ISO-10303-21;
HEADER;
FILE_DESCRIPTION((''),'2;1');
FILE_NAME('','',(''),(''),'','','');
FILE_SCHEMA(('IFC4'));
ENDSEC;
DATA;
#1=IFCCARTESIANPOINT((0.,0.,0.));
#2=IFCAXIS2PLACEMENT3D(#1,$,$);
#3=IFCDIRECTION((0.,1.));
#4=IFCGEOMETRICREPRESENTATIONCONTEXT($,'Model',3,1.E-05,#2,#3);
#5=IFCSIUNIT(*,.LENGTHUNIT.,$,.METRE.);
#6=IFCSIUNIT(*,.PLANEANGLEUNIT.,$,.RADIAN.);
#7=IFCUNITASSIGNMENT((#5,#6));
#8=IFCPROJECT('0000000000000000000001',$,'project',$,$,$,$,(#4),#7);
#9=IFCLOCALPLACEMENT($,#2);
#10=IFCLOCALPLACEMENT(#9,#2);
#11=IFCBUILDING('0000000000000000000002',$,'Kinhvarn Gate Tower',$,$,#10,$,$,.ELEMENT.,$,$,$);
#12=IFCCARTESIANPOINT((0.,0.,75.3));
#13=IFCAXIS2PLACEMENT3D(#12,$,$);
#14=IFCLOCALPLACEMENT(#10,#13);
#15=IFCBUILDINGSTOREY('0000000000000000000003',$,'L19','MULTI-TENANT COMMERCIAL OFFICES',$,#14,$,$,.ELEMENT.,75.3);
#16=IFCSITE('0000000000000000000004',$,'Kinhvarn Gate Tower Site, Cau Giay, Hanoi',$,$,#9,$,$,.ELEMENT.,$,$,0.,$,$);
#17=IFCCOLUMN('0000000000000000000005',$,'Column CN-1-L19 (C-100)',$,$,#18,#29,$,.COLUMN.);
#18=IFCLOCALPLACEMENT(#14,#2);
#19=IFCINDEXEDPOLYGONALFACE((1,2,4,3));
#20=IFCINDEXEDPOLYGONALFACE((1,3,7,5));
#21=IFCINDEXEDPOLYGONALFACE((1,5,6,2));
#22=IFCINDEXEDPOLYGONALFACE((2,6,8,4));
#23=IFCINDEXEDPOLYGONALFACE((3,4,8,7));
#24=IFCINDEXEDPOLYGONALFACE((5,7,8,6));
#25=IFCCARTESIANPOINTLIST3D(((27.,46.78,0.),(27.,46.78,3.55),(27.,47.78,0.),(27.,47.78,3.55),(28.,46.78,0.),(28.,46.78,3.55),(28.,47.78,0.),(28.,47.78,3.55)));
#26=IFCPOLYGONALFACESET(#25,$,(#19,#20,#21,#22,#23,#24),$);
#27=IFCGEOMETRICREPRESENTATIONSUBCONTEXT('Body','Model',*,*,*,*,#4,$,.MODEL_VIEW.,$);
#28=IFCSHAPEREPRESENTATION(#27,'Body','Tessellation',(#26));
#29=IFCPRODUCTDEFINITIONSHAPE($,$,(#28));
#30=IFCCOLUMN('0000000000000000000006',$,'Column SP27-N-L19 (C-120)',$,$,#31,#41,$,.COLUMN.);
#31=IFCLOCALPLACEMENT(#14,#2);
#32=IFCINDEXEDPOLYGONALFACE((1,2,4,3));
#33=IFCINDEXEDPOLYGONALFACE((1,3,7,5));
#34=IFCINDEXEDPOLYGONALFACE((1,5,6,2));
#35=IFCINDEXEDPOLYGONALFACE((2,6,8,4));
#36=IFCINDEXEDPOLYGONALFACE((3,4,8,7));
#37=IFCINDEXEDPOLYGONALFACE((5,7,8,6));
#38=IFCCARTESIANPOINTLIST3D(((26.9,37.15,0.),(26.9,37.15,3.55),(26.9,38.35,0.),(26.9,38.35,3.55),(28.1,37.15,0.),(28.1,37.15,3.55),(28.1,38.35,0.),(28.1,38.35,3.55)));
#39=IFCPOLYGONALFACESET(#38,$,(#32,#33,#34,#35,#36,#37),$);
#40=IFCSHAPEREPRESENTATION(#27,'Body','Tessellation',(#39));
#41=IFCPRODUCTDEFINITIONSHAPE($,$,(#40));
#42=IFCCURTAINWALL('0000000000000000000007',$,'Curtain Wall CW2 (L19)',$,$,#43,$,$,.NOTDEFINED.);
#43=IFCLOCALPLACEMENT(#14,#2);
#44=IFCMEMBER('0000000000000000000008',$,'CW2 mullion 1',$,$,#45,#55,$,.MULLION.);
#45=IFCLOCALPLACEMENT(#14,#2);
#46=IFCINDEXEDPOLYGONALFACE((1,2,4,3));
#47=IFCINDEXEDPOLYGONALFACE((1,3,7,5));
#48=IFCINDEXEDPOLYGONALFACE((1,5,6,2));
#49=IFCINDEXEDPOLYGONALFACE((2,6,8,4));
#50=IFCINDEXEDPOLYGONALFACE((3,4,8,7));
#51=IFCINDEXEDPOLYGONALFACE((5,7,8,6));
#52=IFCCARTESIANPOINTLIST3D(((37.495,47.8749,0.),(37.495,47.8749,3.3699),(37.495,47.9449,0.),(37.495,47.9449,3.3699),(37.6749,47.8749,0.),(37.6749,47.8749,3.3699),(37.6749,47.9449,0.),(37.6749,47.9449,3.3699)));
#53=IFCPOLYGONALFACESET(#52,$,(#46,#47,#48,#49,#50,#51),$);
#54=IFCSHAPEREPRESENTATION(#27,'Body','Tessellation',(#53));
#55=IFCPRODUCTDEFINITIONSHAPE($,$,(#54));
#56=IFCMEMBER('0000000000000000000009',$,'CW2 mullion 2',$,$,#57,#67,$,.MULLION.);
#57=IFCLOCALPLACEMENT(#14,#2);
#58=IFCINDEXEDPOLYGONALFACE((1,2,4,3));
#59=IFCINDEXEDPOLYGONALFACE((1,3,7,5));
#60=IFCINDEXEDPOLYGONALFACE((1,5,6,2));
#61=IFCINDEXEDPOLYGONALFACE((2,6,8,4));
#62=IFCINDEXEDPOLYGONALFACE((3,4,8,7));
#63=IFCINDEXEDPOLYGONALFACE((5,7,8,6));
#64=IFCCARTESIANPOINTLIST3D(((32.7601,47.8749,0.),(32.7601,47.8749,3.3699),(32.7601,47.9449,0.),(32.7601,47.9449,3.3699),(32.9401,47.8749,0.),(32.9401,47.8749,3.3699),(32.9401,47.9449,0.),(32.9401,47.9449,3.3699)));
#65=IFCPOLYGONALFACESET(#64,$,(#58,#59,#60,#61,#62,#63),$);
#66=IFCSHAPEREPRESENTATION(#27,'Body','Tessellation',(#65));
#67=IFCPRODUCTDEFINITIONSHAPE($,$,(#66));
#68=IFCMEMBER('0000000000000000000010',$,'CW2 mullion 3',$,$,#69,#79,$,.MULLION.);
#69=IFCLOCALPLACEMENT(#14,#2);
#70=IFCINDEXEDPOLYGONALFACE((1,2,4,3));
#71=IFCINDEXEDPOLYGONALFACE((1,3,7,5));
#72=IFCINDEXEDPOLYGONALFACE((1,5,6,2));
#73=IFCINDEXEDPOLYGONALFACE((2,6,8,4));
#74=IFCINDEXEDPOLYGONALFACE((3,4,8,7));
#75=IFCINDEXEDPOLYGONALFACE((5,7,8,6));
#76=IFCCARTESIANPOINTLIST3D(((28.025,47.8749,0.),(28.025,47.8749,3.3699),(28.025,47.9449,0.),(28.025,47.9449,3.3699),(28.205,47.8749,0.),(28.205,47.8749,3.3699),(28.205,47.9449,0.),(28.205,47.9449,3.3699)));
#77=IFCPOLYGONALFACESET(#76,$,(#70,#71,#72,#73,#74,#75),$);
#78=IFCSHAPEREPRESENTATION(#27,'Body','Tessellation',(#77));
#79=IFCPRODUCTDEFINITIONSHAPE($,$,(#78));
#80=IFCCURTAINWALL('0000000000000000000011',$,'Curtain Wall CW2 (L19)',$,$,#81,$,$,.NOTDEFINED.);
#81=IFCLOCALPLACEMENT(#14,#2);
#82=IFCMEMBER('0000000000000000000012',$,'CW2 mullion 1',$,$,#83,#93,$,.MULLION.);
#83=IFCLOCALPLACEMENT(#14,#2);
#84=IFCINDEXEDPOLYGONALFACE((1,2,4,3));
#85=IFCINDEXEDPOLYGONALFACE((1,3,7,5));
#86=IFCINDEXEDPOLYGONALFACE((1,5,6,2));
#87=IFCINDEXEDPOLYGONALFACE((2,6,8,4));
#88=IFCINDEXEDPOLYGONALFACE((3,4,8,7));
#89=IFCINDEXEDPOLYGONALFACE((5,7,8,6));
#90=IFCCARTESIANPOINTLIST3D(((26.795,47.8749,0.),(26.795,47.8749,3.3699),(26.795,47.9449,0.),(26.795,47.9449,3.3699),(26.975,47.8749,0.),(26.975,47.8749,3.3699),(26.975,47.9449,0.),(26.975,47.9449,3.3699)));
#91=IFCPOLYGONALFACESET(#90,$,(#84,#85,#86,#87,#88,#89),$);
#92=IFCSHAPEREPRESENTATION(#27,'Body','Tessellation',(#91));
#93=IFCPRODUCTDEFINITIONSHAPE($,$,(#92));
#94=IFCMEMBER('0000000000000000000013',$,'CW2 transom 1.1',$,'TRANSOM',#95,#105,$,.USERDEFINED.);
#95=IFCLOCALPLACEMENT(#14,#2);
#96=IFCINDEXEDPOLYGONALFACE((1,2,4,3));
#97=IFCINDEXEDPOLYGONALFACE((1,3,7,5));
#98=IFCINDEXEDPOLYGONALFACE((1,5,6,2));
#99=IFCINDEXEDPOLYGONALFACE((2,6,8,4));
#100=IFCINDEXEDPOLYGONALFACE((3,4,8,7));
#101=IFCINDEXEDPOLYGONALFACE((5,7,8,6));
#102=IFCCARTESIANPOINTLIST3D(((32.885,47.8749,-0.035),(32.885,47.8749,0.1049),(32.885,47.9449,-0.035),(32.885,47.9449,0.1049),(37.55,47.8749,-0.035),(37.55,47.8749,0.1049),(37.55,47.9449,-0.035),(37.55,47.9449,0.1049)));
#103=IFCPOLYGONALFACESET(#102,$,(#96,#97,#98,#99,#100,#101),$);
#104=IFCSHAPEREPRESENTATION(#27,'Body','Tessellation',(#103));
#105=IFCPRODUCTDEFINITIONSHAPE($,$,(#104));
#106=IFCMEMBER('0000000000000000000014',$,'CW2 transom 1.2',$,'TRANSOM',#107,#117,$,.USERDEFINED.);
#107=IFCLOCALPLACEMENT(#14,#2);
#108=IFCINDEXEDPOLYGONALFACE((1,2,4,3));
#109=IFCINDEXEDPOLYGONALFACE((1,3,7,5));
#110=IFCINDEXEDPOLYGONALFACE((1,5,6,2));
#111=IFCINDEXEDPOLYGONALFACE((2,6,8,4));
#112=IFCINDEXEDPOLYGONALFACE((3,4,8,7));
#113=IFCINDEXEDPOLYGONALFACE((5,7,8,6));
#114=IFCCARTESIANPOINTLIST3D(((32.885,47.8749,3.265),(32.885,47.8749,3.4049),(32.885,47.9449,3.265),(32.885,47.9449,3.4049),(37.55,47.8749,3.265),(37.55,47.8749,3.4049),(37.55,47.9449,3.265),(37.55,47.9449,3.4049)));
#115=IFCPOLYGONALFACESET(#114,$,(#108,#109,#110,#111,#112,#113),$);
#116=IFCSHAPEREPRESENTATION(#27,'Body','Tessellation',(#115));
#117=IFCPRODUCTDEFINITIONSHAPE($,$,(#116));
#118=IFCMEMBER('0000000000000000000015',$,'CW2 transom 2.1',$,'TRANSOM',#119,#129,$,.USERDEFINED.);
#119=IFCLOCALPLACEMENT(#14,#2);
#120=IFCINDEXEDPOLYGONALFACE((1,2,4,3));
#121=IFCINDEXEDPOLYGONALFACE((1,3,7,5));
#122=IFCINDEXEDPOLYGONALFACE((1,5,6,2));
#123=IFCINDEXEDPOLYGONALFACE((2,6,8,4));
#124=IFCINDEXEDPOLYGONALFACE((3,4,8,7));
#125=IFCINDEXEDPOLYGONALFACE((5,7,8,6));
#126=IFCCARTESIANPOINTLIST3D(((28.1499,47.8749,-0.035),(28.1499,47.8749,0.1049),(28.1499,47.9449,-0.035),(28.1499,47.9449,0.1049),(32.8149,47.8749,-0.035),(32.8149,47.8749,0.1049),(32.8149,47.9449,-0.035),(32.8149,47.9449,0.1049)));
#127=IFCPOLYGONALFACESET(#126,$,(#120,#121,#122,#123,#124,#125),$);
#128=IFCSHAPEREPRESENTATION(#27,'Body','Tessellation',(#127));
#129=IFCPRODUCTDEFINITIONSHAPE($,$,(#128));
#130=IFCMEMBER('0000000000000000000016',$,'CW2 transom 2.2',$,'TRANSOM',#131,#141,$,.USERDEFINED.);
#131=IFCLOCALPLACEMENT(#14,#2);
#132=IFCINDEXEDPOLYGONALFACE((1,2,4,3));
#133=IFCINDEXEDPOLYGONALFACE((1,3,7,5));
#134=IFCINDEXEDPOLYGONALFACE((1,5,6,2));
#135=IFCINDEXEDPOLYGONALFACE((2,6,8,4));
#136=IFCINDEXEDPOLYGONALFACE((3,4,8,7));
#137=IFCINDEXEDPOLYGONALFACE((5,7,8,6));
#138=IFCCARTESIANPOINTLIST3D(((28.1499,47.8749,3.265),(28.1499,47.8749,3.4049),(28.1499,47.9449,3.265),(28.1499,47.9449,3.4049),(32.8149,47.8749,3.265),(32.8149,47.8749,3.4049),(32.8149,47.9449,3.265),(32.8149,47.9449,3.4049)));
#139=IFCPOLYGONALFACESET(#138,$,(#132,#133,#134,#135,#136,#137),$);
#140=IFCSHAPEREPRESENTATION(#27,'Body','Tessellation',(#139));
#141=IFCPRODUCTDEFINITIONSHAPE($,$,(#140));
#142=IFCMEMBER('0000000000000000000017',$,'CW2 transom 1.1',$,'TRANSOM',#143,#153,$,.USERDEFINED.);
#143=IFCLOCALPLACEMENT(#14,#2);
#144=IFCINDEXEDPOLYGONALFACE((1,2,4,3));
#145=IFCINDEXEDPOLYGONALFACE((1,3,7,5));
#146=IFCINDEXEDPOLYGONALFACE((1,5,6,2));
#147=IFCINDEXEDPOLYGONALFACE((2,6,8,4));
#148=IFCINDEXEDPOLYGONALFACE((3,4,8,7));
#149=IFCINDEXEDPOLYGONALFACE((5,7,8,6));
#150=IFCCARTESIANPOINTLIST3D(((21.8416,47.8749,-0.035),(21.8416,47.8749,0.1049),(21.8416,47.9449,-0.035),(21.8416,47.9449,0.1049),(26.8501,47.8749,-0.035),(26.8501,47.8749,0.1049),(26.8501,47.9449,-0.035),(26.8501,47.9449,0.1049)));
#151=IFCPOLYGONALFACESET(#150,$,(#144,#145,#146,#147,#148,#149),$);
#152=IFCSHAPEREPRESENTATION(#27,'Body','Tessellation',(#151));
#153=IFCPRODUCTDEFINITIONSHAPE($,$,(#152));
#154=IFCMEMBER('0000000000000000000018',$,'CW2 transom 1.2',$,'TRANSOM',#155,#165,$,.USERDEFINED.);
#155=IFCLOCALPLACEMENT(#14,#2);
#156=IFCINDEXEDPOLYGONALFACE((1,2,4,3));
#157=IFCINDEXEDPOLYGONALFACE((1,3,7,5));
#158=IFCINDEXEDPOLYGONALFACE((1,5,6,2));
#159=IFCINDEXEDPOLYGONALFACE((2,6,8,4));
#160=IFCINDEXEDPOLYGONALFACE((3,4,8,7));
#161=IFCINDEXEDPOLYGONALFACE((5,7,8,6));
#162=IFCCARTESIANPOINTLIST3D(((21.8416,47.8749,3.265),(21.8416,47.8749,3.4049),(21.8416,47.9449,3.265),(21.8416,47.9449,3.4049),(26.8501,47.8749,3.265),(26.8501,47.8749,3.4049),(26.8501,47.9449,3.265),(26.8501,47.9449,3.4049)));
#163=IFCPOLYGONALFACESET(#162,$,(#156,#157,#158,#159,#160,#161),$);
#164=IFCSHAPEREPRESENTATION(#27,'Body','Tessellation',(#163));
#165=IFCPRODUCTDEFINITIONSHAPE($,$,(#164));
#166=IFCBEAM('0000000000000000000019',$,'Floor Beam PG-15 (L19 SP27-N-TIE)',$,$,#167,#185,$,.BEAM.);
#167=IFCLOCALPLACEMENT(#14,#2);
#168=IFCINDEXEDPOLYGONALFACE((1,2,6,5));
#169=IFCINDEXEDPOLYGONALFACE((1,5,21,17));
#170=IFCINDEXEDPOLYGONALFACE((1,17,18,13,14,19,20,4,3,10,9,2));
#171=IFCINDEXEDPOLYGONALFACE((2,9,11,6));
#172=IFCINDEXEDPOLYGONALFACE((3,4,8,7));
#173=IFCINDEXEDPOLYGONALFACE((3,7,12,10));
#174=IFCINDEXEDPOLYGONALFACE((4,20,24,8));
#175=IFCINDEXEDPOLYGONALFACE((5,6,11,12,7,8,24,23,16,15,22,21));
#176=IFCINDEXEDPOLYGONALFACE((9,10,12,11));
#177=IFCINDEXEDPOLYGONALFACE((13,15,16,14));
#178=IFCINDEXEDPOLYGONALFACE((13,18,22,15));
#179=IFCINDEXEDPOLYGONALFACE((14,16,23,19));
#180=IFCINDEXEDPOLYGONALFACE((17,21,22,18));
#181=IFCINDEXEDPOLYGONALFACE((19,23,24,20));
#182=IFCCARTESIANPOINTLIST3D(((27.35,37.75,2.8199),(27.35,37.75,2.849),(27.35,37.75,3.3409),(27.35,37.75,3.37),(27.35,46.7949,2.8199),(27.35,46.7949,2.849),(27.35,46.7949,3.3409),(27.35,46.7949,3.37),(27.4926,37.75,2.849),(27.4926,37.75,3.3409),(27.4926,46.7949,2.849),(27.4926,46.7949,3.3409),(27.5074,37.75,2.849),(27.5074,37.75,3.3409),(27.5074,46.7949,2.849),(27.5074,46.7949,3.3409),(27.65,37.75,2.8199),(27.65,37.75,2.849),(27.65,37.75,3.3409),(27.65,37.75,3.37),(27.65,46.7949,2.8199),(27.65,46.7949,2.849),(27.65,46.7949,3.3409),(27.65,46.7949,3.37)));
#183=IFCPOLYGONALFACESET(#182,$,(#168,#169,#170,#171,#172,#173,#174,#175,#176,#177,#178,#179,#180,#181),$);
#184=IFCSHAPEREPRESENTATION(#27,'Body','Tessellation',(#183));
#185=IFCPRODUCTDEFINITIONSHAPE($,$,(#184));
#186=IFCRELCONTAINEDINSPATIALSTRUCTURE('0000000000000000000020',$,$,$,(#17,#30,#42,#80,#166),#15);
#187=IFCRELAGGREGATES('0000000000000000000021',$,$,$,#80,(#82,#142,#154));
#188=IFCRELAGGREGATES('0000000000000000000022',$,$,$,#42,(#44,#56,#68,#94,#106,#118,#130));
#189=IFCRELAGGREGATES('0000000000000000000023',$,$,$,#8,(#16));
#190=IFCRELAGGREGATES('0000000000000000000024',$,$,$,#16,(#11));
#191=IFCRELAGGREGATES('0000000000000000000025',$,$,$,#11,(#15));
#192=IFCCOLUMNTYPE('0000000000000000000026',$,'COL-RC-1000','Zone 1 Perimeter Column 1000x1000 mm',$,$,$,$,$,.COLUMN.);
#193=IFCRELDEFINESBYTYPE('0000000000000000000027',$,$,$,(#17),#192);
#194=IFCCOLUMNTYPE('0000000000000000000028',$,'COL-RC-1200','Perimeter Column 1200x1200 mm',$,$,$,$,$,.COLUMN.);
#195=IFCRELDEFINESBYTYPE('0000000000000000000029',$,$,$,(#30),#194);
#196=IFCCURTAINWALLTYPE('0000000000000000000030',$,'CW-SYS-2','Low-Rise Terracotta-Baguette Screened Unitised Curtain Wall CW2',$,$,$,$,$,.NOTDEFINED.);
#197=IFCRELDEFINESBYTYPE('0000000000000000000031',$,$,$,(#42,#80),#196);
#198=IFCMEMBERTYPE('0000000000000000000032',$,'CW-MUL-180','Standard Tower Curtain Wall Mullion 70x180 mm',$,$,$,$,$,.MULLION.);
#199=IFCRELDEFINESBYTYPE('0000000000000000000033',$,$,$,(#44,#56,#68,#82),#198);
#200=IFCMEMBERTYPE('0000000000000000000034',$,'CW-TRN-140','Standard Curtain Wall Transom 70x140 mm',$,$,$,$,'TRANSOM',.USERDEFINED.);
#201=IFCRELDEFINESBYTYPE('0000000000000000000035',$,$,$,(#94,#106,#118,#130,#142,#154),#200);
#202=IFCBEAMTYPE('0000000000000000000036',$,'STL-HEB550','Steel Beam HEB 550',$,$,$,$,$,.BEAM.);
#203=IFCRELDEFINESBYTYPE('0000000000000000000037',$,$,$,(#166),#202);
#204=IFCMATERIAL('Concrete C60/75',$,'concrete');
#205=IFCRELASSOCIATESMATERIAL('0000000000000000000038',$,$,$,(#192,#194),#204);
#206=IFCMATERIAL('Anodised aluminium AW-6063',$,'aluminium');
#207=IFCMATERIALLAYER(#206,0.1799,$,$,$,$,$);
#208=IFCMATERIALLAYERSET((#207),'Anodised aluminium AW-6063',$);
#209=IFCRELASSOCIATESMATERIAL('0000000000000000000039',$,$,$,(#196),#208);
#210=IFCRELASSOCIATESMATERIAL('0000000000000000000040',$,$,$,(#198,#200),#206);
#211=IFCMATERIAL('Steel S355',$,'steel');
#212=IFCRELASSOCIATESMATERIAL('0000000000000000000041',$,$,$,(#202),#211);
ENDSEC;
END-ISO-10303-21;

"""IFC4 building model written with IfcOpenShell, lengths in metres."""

from ifc_helpers import new_model, si_unit, direction, frame, origin, origin_2d, place, context, subcontext, project, spatial, rectangle, i_section, extrude, material, layer, layer_set, material_profile, profile_set, type_object, element, aggregate, save


model = new_model("IFC4")

# Units and contexts
model_context = context("Model", 3, precision=1e-05, world=origin(), true_north=direction((0.0, 1.0)))
body_context = subcontext(model_context, "Body", "Model", "MODEL_VIEW")
ifc_project = project(units=[si_unit("LENGTHUNIT", "METRE"), si_unit("PLANEANGLEUNIT", "RADIAN")], contexts=[model_context])

# Site, building, storey
site_placement = place(None, origin())
site = spatial("IfcSite", under=ifc_project, at=site_placement, Name="Kinhvarn Gate Tower Site, Cau Giay, Hanoi", CompositionType="ELEMENT", RefElevation=0.0)
building_placement = place(site_placement, origin())
building = spatial("IfcBuilding", under=site, at=building_placement, Name="Kinhvarn Gate Tower", CompositionType="ELEMENT")
storey_placement = place(building_placement, frame((0.0, 0.0, 75.3)))
storey = spatial("IfcBuildingStorey", under=building, at=storey_placement, Name="L19", Description="MULTI-TENANT COMMERCIAL OFFICES", CompositionType="ELEMENT", Elevation=75.3)

# Columns
ifc_material_1 = material(Name="Concrete C60/75", Category="concrete")
ifc_material_profile_1 = material_profile(ifc_material_1, rectangle(XDim=1.0, YDim=1.0, at=origin_2d()), Name="RC 1000x1000")
ifc_profile_set_1 = profile_set([ifc_material_profile_1], Name="Concrete C60/75")
column_type_1 = type_object("IfcColumnType", Name="COL-RC-1000", Description="Zone 1 Perimeter Column 1000x1000 mm", PredefinedType="COLUMN", material=ifc_profile_set_1)
column_1_placement = place(storey_placement, frame((27.5, 47.28, 0.0), z_axis=(0.0, 0.0, 1.0), x_axis=(1.0, 0.0, 0.0)))
element("IfcColumn", 1, at=column_1_placement, inside=storey, type_object=column_type_1, Name="Column CN-1-L19 (C-100)", PredefinedType="COLUMN", context=body_context, shape_type="SweptSolid", body=[
    extrude(rectangle(XDim=1.0, YDim=1.0, at=origin_2d()), origin(), (0.0, 0.0, 1.0), 3.55),
])
ifc_material_profile_2 = material_profile(ifc_material_1, rectangle(XDim=1.2, YDim=1.2, at=origin_2d()), Name="RC 1200x1200")
ifc_profile_set_2 = profile_set([ifc_material_profile_2], Name="Concrete C60/75")
column_type_2 = type_object("IfcColumnType", Name="COL-RC-1200", Description="Perimeter Column 1200x1200 mm", PredefinedType="COLUMN", material=ifc_profile_set_2)
column_2_placement = place(storey_placement, frame((27.5, 37.75, 0.0), z_axis=(0.0, 0.0, 1.0), x_axis=(1.0, 0.0, 0.0)))
element("IfcColumn", 2, at=column_2_placement, inside=storey, type_object=column_type_2, Name="Column SP27-N-L19 (C-120)", PredefinedType="COLUMN", context=body_context, shape_type="SweptSolid", body=[
    extrude(rectangle(XDim=1.2, YDim=1.2, at=origin_2d()), origin(), (0.0, 0.0, 1.0), 3.55),
])

# Curtain wall, members
ifc_material_2 = material(Name="Anodised aluminium AW-6063", Category="aluminium")
ifc_layer_1 = layer(ifc_material_2, 0.1799)
ifc_layer_set_1 = layer_set([ifc_layer_1], Name="Anodised aluminium AW-6063")
curtain_wall_type = type_object("IfcCurtainWallType", Name="CW-SYS-2", Description="Low-Rise Terracotta-Baguette Screened Unitised Curtain Wall CW2", PredefinedType="NOTDEFINED", material=ifc_layer_set_1)
curtain_wall_1_placement = place(storey_placement, origin())
curtain_wall_1 = element("IfcCurtainWall", 3, at=curtain_wall_1_placement, inside=storey, type_object=curtain_wall_type, Name="Curtain Wall CW2 (L19)", PredefinedType="NOTDEFINED")
ifc_material_profile_3 = material_profile(ifc_material_2, rectangle(XDim=0.0701, YDim=0.1799, at=origin_2d()), Name="ALU 70x180")
ifc_profile_set_3 = profile_set([ifc_material_profile_3], Name="Anodised aluminium AW-6063")
member_type_1 = type_object("IfcMemberType", Name="CW-MUL-180", Description="Standard Tower Curtain Wall Mullion 70x180 mm", PredefinedType="MULLION", material=ifc_profile_set_3)
member_1_placement = place(storey_placement, frame((37.585, 47.9099, 0.0), z_axis=(0.0, 0.0, 1.0), x_axis=(0.0, -1.0, 0.0)))
member_1 = element("IfcMember", 4, at=member_1_placement, type_object=member_type_1, Name="CW2 mullion 1", PredefinedType="MULLION", context=body_context, shape_type="SweptSolid", body=[
    extrude(rectangle(XDim=0.0701, YDim=0.1799, at=origin_2d()), origin(), (0.0, 0.0, 1.0), 3.3699),
])
member_2_placement = place(storey_placement, frame((32.8501, 47.9099, 0.0), z_axis=(0.0, 0.0, 1.0), x_axis=(0.0, -1.0, 0.0)))
member_2 = element("IfcMember", 5, at=member_2_placement, type_object=member_type_1, Name="CW2 mullion 2", PredefinedType="MULLION", context=body_context, shape_type="SweptSolid", body=[
    extrude(rectangle(XDim=0.0701, YDim=0.1799, at=origin_2d()), origin(), (0.0, 0.0, 1.0), 3.3699),
])
member_3_placement = place(storey_placement, frame((28.115, 47.9099, 0.0), z_axis=(0.0, 0.0, 1.0), x_axis=(0.0, -1.0, 0.0)))
member_3 = element("IfcMember", 6, at=member_3_placement, type_object=member_type_1, Name="CW2 mullion 3", PredefinedType="MULLION", context=body_context, shape_type="SweptSolid", body=[
    extrude(rectangle(XDim=0.0701, YDim=0.1799, at=origin_2d()), origin(), (0.0, 0.0, 1.0), 3.3699),
])

# Curtain wall, member
curtain_wall_2_placement = place(storey_placement, origin())
curtain_wall_2 = element("IfcCurtainWall", 7, at=curtain_wall_2_placement, inside=storey, type_object=curtain_wall_type, Name="Curtain Wall CW2 (L19)", PredefinedType="NOTDEFINED")
member_4_placement = place(storey_placement, frame((26.885, 47.9099, 0.0), z_axis=(0.0, 0.0, 1.0), x_axis=(0.0, -1.0, 0.0)))
member_4 = element("IfcMember", 8, at=member_4_placement, type_object=member_type_1, Name="CW2 mullion 1", PredefinedType="MULLION", context=body_context, shape_type="SweptSolid", body=[
    extrude(rectangle(XDim=0.0701, YDim=0.1799, at=origin_2d()), origin(), (0.0, 0.0, 1.0), 3.3699),
])

# Members
ifc_material_profile_4 = material_profile(ifc_material_2, rectangle(XDim=0.0701, YDim=0.1399, at=origin_2d()), Name="ALU 70x140")
ifc_profile_set_4 = profile_set([ifc_material_profile_4], Name="Anodised aluminium AW-6063")
member_type_2 = type_object("IfcMemberType", Name="CW-TRN-140", Description="Standard Curtain Wall Transom 70x140 mm", ElementType="TRANSOM", PredefinedType="USERDEFINED", material=ifc_profile_set_4)
member_5_placement = place(storey_placement, frame((37.55, 47.9099, 0.0349), z_axis=(-1.0, 0.0, 0.0), x_axis=(0.0, -1.0, 0.0)))
member_5 = element("IfcMember", 9, at=member_5_placement, type_object=member_type_2, Name="CW2 transom 1.1", ObjectType="TRANSOM", PredefinedType="USERDEFINED", context=body_context, shape_type="SweptSolid", body=[
    extrude(rectangle(XDim=0.0701, YDim=0.1399, at=origin_2d()), origin(), (0.0, 0.0, 1.0), 4.665),
])
member_6_placement = place(storey_placement, frame((37.55, 47.9099, 3.335), z_axis=(-1.0, 0.0, 0.0), x_axis=(0.0, -1.0, 0.0)))
member_6 = element("IfcMember", 10, at=member_6_placement, type_object=member_type_2, Name="CW2 transom 1.2", ObjectType="TRANSOM", PredefinedType="USERDEFINED", context=body_context, shape_type="SweptSolid", body=[
    extrude(rectangle(XDim=0.0701, YDim=0.1399, at=origin_2d()), origin(), (0.0, 0.0, 1.0), 4.665),
])
member_7_placement = place(storey_placement, frame((32.8149, 47.9099, 0.0349), z_axis=(-1.0, 0.0, 0.0), x_axis=(0.0, -1.0, 0.0)))
member_7 = element("IfcMember", 11, at=member_7_placement, type_object=member_type_2, Name="CW2 transom 2.1", ObjectType="TRANSOM", PredefinedType="USERDEFINED", context=body_context, shape_type="SweptSolid", body=[
    extrude(rectangle(XDim=0.0701, YDim=0.1399, at=origin_2d()), origin(), (0.0, 0.0, 1.0), 4.665),
])
member_8_placement = place(storey_placement, frame((32.8149, 47.9099, 3.335), z_axis=(-1.0, 0.0, 0.0), x_axis=(0.0, -1.0, 0.0)))
member_8 = element("IfcMember", 12, at=member_8_placement, type_object=member_type_2, Name="CW2 transom 2.2", ObjectType="TRANSOM", PredefinedType="USERDEFINED", context=body_context, shape_type="SweptSolid", body=[
    extrude(rectangle(XDim=0.0701, YDim=0.1399, at=origin_2d()), origin(), (0.0, 0.0, 1.0), 4.665),
])
member_9_placement = place(storey_placement, frame((26.8501, 47.9099, 0.0349), z_axis=(-1.0, 0.0, 0.0), x_axis=(0.0, -1.0, 0.0)))
member_9 = element("IfcMember", 13, at=member_9_placement, type_object=member_type_2, Name="CW2 transom 1.1", ObjectType="TRANSOM", PredefinedType="USERDEFINED", context=body_context, shape_type="SweptSolid", body=[
    extrude(rectangle(XDim=0.0701, YDim=0.1399, at=origin_2d()), origin(), (0.0, 0.0, 1.0), 5.0085),
])
member_10_placement = place(storey_placement, frame((26.8501, 47.9099, 3.335), z_axis=(-1.0, 0.0, 0.0), x_axis=(0.0, -1.0, 0.0)))
member_10 = element("IfcMember", 14, at=member_10_placement, type_object=member_type_2, Name="CW2 transom 1.2", ObjectType="TRANSOM", PredefinedType="USERDEFINED", context=body_context, shape_type="SweptSolid", body=[
    extrude(rectangle(XDim=0.0701, YDim=0.1399, at=origin_2d()), origin(), (0.0, 0.0, 1.0), 5.0085),
])
aggregate(curtain_wall_2, [member_4, member_9, member_10])

# Beam
ifc_material_3 = material(Name="Steel S355", Category="steel")
ifc_material_profile_5 = material_profile(ifc_material_3, i_section(OverallWidth=0.3, OverallDepth=0.55, WebThickness=0.0149, FlangeThickness=0.0291, at=origin_2d()), Name="HEB 550")
ifc_profile_set_5 = profile_set([ifc_material_profile_5], Name="Steel S355")
beam_type_1 = type_object("IfcBeamType", Name="STL-HEB550", Description="Steel Beam HEB 550", PredefinedType="BEAM", material=ifc_profile_set_5)
beam_1_placement = place(storey_placement, frame((27.5, 37.75, 3.095), z_axis=(0.0, 1.0, 0.0), x_axis=(-1.0, 0.0, 0.0)))
element("IfcBeam", 15, at=beam_1_placement, inside=storey, type_object=beam_type_1, Name="Floor Beam PG-15 (L19 SP27-N-TIE)", PredefinedType="BEAM", context=body_context, shape_type="SweptSolid", body=[
    extrude(i_section(OverallWidth=0.3, OverallDepth=0.55, WebThickness=0.0149, FlangeThickness=0.0291, at=origin_2d()), origin(), (0.0, 0.0, 1.0), 9.0449),
])

aggregate(curtain_wall_1, [member_1, member_2, member_3, member_5, member_6, member_7, member_8])

save(model, "model.ifc")
